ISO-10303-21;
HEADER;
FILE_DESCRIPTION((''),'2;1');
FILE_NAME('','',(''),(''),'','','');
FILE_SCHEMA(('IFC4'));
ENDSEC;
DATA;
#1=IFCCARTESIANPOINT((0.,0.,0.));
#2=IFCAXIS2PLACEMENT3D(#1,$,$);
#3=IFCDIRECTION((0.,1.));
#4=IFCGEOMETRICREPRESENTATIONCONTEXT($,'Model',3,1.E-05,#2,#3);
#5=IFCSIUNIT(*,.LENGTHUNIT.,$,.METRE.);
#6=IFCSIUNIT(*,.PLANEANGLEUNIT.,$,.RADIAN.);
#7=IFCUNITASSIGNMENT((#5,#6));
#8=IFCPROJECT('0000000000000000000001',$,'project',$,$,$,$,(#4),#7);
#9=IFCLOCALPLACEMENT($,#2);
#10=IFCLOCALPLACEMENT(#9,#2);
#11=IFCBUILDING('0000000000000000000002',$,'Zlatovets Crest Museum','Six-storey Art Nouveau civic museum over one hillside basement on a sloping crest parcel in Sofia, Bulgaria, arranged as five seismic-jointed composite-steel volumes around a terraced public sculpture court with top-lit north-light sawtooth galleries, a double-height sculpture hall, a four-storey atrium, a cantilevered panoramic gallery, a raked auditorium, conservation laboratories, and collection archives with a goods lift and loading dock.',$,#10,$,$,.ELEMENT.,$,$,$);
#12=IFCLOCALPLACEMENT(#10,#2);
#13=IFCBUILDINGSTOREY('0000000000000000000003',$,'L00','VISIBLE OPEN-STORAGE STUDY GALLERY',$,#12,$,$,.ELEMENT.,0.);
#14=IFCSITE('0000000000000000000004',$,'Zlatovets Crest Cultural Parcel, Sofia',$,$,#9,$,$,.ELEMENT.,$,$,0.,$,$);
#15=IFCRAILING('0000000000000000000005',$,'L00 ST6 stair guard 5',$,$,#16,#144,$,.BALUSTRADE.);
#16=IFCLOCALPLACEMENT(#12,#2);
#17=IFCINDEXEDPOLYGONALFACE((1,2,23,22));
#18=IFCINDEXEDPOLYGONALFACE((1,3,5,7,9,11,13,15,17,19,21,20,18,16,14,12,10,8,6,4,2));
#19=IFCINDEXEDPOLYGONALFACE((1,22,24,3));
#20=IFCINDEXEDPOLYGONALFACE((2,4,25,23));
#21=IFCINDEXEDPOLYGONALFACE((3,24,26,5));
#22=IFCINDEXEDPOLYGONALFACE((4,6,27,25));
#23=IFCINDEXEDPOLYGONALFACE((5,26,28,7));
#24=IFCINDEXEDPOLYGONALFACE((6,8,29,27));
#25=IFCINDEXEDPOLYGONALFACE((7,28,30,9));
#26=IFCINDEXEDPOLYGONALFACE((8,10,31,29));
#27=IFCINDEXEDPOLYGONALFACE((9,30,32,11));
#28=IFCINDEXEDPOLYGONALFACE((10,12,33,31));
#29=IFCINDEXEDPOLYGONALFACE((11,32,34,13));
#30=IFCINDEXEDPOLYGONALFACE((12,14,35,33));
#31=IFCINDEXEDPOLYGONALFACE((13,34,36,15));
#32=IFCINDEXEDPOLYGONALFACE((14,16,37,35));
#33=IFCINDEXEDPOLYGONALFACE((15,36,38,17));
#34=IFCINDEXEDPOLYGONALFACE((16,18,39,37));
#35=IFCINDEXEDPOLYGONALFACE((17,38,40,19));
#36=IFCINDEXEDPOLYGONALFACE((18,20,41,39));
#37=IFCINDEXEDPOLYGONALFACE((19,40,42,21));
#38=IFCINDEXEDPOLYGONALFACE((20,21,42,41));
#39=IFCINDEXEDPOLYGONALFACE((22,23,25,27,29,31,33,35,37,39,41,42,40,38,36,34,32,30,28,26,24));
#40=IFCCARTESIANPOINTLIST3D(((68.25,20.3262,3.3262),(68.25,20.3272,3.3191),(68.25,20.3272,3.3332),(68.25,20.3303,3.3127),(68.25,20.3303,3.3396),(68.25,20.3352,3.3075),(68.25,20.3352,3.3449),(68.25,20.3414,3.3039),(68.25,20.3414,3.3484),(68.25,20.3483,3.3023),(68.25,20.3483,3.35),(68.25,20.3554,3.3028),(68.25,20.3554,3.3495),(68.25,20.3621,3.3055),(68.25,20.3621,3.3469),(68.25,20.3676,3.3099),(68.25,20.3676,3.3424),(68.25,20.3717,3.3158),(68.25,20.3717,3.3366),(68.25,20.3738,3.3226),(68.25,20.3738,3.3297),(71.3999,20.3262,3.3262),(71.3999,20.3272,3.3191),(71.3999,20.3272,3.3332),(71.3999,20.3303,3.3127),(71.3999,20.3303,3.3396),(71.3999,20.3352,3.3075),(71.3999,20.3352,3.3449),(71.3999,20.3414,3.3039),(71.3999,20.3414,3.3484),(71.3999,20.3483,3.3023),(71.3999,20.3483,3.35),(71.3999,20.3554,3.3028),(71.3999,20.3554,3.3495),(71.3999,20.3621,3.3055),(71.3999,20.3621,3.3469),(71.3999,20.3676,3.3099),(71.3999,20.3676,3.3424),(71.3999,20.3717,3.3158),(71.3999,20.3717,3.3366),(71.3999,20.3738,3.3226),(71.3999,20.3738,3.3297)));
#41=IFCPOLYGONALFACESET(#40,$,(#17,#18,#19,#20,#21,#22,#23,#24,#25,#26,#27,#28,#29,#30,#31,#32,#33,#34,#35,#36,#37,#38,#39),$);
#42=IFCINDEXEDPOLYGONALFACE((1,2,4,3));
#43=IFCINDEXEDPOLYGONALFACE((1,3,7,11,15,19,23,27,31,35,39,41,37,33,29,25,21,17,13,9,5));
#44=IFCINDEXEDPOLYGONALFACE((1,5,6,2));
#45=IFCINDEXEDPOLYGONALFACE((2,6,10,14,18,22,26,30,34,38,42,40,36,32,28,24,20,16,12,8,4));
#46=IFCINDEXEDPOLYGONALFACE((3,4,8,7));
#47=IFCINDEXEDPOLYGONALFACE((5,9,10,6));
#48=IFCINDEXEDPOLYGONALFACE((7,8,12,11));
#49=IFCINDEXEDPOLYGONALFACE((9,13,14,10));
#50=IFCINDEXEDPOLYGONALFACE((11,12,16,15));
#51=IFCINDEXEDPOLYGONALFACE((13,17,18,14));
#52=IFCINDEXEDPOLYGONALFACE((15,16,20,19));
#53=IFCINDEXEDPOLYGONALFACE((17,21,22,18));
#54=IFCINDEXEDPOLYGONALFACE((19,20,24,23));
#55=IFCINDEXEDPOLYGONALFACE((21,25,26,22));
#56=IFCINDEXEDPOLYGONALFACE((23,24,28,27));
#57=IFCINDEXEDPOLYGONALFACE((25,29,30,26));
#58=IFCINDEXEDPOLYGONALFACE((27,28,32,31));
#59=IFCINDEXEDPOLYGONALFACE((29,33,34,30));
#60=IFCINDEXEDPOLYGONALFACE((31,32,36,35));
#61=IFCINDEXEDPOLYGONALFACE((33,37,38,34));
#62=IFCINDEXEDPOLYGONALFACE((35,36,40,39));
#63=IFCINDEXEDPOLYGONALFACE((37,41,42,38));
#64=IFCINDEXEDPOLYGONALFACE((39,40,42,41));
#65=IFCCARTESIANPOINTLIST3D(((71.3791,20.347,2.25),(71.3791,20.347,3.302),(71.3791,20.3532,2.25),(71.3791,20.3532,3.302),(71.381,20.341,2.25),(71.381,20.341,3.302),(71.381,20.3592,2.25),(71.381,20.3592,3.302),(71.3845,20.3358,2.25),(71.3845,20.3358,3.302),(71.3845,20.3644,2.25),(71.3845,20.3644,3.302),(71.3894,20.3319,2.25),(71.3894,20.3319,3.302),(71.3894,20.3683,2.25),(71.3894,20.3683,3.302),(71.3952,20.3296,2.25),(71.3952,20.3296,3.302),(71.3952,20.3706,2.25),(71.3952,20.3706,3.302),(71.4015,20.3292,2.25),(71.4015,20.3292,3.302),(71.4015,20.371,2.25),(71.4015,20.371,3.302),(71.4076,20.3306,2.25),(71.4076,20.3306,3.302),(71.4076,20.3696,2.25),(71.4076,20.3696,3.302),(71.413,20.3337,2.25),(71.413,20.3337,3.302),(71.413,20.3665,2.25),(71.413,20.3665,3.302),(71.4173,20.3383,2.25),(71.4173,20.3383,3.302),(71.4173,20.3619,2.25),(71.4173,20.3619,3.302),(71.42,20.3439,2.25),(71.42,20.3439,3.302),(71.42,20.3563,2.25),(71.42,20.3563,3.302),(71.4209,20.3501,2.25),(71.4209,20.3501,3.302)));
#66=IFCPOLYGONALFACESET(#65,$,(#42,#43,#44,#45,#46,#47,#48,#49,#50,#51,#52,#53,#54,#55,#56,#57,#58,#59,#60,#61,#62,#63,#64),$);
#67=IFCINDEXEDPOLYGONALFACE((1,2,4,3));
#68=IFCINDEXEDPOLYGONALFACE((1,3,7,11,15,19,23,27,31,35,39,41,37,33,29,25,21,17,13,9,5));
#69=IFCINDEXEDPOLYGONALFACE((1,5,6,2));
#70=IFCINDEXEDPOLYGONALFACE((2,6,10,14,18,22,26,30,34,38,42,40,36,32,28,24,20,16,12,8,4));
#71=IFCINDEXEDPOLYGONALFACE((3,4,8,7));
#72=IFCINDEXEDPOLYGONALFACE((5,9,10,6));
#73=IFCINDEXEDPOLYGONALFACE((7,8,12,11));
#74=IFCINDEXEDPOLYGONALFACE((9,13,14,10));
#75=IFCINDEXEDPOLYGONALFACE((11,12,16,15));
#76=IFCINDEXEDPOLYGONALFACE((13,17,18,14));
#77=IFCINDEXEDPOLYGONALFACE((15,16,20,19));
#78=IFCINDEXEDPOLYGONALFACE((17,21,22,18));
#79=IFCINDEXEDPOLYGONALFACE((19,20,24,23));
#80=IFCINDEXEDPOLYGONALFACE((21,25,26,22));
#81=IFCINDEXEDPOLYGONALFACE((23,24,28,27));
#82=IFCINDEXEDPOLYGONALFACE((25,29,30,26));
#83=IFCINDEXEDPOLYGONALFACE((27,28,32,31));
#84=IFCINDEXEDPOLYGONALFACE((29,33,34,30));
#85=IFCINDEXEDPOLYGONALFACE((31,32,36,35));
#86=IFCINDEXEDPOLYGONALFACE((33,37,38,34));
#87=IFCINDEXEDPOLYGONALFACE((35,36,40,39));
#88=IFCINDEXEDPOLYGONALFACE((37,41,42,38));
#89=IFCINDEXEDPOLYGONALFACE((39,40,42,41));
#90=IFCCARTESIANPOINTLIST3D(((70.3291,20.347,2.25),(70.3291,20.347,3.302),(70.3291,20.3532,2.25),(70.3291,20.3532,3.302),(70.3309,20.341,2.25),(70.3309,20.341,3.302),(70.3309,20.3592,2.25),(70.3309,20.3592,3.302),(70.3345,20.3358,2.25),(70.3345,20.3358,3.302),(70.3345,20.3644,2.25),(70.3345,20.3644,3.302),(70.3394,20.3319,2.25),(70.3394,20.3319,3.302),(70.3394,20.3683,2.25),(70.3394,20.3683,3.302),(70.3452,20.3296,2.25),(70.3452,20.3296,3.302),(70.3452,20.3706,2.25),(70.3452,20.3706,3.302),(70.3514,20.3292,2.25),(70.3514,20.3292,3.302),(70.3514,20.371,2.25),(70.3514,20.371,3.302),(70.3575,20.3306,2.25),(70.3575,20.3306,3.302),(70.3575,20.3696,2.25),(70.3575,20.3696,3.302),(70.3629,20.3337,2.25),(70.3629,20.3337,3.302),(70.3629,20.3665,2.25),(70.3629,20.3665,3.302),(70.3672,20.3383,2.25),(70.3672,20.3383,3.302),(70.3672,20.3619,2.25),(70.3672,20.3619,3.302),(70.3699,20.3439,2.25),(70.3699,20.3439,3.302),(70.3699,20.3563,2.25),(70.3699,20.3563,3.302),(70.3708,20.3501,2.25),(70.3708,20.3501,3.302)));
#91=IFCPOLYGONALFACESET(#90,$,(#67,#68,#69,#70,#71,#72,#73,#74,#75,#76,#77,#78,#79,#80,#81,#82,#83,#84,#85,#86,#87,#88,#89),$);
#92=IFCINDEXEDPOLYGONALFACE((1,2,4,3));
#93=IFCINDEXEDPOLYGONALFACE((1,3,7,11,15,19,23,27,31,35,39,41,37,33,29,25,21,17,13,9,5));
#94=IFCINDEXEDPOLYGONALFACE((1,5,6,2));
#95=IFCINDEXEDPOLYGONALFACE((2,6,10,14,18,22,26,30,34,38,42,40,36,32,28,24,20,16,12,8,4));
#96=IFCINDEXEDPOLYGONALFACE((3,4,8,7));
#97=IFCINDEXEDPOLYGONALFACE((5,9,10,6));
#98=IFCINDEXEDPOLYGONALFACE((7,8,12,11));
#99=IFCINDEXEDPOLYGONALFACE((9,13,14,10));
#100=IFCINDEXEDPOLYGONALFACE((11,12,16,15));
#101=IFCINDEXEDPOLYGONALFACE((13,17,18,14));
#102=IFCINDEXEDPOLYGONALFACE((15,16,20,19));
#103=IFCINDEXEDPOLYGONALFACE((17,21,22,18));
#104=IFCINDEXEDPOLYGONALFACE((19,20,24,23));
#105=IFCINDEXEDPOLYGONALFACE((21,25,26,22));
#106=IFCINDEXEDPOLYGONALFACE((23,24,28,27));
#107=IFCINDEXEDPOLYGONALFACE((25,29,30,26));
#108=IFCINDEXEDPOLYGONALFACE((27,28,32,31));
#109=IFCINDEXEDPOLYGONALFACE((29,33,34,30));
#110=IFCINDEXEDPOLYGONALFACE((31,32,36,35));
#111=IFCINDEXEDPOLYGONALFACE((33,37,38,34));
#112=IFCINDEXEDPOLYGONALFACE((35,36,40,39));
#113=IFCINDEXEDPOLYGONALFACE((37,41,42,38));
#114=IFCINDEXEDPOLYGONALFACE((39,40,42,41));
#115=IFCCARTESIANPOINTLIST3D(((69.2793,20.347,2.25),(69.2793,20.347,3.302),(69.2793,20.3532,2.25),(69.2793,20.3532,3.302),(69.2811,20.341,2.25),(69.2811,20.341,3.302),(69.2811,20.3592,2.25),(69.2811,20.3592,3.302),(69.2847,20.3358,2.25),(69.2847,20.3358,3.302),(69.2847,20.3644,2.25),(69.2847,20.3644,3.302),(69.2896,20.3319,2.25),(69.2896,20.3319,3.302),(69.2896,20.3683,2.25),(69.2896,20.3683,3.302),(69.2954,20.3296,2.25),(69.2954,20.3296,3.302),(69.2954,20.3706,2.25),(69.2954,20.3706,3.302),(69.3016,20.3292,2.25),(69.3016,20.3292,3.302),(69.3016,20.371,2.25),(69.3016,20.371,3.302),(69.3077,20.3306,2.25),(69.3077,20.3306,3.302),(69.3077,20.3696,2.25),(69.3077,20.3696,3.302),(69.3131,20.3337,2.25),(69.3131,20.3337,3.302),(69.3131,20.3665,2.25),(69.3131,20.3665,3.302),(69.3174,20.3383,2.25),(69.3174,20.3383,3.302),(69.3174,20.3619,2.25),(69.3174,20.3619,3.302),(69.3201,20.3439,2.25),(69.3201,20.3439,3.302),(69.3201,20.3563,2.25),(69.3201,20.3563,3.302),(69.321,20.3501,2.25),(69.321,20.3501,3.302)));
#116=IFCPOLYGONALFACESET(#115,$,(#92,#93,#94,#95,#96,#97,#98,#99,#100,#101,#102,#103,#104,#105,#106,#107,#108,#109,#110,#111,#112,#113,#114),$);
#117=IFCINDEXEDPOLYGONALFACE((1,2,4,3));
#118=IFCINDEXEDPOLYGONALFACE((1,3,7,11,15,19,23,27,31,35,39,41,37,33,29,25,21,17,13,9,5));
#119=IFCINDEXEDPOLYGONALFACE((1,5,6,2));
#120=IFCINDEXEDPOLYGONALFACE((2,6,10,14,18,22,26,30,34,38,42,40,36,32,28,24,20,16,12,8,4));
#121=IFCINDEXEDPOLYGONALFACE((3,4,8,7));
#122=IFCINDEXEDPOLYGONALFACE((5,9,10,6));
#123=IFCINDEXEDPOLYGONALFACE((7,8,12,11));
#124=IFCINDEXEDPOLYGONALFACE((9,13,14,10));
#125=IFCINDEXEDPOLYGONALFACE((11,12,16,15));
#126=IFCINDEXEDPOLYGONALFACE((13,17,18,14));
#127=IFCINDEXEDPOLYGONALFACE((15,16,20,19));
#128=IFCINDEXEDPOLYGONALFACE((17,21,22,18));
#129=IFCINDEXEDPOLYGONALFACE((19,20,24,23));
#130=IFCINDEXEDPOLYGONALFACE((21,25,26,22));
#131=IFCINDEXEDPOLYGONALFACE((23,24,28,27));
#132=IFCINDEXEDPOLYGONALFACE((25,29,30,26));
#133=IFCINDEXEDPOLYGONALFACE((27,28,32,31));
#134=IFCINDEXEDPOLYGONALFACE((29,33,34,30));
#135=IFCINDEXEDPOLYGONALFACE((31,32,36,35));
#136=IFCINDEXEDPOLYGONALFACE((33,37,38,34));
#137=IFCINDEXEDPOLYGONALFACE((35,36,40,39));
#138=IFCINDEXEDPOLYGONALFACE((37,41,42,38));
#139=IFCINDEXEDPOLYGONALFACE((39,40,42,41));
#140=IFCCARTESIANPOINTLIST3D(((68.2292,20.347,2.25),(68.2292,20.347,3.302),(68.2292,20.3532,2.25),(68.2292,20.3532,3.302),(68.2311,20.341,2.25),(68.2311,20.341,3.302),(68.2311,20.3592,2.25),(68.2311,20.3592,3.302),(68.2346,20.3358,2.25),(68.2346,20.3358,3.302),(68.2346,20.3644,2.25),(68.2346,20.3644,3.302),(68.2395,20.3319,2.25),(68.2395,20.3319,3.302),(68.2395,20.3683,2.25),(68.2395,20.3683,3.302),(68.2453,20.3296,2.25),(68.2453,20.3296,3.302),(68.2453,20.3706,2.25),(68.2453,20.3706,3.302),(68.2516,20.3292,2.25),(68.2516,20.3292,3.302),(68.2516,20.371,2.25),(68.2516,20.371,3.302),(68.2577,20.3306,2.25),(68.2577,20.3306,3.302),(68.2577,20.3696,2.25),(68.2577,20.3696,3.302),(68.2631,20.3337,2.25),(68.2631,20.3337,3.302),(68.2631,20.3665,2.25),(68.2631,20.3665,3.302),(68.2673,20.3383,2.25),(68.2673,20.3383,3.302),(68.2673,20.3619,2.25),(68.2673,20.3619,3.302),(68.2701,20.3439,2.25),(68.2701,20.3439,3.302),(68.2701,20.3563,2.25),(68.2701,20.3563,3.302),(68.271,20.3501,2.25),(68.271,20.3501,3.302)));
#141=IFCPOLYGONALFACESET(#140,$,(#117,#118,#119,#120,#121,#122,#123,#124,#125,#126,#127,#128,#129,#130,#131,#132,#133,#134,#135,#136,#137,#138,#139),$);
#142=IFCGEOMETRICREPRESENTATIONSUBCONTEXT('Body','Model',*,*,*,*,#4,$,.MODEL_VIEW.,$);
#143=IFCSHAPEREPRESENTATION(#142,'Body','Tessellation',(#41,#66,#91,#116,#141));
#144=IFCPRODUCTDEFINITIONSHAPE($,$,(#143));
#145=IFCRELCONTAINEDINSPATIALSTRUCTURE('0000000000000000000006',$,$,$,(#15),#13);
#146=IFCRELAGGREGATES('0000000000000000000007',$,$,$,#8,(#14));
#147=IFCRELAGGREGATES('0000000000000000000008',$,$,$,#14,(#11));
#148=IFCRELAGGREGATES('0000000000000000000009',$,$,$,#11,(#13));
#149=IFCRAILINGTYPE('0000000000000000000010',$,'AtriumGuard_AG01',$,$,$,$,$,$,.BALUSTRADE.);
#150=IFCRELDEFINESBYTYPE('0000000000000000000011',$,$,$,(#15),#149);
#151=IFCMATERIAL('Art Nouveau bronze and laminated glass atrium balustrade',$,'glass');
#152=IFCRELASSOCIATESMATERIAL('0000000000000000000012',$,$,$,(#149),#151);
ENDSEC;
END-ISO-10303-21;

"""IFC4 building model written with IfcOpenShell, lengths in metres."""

from ifc_helpers import new_model, si_unit, direction, frame, origin, origin_2d, place, context, subcontext, project, spatial, circle, extrude, material, type_object, element, save


model = new_model("IFC4")

# Units and contexts
model_context = context("Model", 3, precision=1e-05, world=origin(), true_north=direction((0.0, 1.0)))
body_context = subcontext(model_context, "Body", "Model", "MODEL_VIEW")
ifc_project = project(units=[si_unit("LENGTHUNIT", "METRE"), si_unit("PLANEANGLEUNIT", "RADIAN")], contexts=[model_context])

# Site, building, storey
site_placement = place(None, origin())
site = spatial("IfcSite", under=ifc_project, at=site_placement, Name="Zlatovets Crest Cultural Parcel, Sofia", CompositionType="ELEMENT", RefElevation=0.0)
building_placement = place(site_placement, origin())
building = spatial("IfcBuilding", under=site, at=building_placement, Name="Zlatovets Crest Museum", Description="Six-storey Art Nouveau civic museum over one hillside basement on a sloping crest parcel in Sofia, Bulgaria, arranged as five seismic-jointed composite-steel volumes around a terraced public sculpture court with top-lit north-light sawtooth galleries, a double-height sculpture hall, a four-storey atrium, a cantilevered panoramic gallery, a raked auditorium, conservation laboratories, and collection archives with a goods lift and loading dock.", CompositionType="ELEMENT")
storey_placement = place(building_placement, origin())
storey = spatial("IfcBuildingStorey", under=building, at=storey_placement, Name="L00", Description="VISIBLE OPEN-STORAGE STUDY GALLERY", CompositionType="ELEMENT", Elevation=0.0)

# Railing
ifc_material_1 = material(Name="Art Nouveau bronze and laminated glass atrium balustrade", Category="glass")
railing_type_1 = type_object("IfcRailingType", Name="AtriumGuard_AG01", PredefinedType="BALUSTRADE", material=ifc_material_1)
railing_1_placement = place(storey_placement, frame((71.3999, 20.3501, 2.25)))
element("IfcRailing", 1, at=railing_1_placement, inside=storey, type_object=railing_type_1, Name="L00 ST6 stair guard 5", PredefinedType="BALUSTRADE", context=body_context, shape_type="SweptSolid", body=[
    extrude(circle(Radius=0.0239, at=origin_2d()), frame((0.0, 0.0, 1.0762), z_axis=(-1.0, 0.0, 0.0), x_axis=(0.0, -1.0, 0.0)), (0.0, 0.0, 1.0), 3.1499),
    extrude(circle(Radius=0.021, at=origin_2d()), origin(), (0.0, 0.0, 1.0), 1.052),
    extrude(circle(Radius=0.021, at=origin_2d()), frame((-1.05, 0.0, 0.0)), (0.0, 0.0, 1.0), 1.052),
    extrude(circle(Radius=0.021, at=origin_2d()), frame((-2.0999, 0.0, 0.0)), (0.0, 0.0, 1.0), 1.052),
    extrude(circle(Radius=0.021, at=origin_2d()), frame((-3.1499, 0.0, 0.0)), (0.0, 0.0, 1.0), 1.052),
])

save(model, "model.ifc")
